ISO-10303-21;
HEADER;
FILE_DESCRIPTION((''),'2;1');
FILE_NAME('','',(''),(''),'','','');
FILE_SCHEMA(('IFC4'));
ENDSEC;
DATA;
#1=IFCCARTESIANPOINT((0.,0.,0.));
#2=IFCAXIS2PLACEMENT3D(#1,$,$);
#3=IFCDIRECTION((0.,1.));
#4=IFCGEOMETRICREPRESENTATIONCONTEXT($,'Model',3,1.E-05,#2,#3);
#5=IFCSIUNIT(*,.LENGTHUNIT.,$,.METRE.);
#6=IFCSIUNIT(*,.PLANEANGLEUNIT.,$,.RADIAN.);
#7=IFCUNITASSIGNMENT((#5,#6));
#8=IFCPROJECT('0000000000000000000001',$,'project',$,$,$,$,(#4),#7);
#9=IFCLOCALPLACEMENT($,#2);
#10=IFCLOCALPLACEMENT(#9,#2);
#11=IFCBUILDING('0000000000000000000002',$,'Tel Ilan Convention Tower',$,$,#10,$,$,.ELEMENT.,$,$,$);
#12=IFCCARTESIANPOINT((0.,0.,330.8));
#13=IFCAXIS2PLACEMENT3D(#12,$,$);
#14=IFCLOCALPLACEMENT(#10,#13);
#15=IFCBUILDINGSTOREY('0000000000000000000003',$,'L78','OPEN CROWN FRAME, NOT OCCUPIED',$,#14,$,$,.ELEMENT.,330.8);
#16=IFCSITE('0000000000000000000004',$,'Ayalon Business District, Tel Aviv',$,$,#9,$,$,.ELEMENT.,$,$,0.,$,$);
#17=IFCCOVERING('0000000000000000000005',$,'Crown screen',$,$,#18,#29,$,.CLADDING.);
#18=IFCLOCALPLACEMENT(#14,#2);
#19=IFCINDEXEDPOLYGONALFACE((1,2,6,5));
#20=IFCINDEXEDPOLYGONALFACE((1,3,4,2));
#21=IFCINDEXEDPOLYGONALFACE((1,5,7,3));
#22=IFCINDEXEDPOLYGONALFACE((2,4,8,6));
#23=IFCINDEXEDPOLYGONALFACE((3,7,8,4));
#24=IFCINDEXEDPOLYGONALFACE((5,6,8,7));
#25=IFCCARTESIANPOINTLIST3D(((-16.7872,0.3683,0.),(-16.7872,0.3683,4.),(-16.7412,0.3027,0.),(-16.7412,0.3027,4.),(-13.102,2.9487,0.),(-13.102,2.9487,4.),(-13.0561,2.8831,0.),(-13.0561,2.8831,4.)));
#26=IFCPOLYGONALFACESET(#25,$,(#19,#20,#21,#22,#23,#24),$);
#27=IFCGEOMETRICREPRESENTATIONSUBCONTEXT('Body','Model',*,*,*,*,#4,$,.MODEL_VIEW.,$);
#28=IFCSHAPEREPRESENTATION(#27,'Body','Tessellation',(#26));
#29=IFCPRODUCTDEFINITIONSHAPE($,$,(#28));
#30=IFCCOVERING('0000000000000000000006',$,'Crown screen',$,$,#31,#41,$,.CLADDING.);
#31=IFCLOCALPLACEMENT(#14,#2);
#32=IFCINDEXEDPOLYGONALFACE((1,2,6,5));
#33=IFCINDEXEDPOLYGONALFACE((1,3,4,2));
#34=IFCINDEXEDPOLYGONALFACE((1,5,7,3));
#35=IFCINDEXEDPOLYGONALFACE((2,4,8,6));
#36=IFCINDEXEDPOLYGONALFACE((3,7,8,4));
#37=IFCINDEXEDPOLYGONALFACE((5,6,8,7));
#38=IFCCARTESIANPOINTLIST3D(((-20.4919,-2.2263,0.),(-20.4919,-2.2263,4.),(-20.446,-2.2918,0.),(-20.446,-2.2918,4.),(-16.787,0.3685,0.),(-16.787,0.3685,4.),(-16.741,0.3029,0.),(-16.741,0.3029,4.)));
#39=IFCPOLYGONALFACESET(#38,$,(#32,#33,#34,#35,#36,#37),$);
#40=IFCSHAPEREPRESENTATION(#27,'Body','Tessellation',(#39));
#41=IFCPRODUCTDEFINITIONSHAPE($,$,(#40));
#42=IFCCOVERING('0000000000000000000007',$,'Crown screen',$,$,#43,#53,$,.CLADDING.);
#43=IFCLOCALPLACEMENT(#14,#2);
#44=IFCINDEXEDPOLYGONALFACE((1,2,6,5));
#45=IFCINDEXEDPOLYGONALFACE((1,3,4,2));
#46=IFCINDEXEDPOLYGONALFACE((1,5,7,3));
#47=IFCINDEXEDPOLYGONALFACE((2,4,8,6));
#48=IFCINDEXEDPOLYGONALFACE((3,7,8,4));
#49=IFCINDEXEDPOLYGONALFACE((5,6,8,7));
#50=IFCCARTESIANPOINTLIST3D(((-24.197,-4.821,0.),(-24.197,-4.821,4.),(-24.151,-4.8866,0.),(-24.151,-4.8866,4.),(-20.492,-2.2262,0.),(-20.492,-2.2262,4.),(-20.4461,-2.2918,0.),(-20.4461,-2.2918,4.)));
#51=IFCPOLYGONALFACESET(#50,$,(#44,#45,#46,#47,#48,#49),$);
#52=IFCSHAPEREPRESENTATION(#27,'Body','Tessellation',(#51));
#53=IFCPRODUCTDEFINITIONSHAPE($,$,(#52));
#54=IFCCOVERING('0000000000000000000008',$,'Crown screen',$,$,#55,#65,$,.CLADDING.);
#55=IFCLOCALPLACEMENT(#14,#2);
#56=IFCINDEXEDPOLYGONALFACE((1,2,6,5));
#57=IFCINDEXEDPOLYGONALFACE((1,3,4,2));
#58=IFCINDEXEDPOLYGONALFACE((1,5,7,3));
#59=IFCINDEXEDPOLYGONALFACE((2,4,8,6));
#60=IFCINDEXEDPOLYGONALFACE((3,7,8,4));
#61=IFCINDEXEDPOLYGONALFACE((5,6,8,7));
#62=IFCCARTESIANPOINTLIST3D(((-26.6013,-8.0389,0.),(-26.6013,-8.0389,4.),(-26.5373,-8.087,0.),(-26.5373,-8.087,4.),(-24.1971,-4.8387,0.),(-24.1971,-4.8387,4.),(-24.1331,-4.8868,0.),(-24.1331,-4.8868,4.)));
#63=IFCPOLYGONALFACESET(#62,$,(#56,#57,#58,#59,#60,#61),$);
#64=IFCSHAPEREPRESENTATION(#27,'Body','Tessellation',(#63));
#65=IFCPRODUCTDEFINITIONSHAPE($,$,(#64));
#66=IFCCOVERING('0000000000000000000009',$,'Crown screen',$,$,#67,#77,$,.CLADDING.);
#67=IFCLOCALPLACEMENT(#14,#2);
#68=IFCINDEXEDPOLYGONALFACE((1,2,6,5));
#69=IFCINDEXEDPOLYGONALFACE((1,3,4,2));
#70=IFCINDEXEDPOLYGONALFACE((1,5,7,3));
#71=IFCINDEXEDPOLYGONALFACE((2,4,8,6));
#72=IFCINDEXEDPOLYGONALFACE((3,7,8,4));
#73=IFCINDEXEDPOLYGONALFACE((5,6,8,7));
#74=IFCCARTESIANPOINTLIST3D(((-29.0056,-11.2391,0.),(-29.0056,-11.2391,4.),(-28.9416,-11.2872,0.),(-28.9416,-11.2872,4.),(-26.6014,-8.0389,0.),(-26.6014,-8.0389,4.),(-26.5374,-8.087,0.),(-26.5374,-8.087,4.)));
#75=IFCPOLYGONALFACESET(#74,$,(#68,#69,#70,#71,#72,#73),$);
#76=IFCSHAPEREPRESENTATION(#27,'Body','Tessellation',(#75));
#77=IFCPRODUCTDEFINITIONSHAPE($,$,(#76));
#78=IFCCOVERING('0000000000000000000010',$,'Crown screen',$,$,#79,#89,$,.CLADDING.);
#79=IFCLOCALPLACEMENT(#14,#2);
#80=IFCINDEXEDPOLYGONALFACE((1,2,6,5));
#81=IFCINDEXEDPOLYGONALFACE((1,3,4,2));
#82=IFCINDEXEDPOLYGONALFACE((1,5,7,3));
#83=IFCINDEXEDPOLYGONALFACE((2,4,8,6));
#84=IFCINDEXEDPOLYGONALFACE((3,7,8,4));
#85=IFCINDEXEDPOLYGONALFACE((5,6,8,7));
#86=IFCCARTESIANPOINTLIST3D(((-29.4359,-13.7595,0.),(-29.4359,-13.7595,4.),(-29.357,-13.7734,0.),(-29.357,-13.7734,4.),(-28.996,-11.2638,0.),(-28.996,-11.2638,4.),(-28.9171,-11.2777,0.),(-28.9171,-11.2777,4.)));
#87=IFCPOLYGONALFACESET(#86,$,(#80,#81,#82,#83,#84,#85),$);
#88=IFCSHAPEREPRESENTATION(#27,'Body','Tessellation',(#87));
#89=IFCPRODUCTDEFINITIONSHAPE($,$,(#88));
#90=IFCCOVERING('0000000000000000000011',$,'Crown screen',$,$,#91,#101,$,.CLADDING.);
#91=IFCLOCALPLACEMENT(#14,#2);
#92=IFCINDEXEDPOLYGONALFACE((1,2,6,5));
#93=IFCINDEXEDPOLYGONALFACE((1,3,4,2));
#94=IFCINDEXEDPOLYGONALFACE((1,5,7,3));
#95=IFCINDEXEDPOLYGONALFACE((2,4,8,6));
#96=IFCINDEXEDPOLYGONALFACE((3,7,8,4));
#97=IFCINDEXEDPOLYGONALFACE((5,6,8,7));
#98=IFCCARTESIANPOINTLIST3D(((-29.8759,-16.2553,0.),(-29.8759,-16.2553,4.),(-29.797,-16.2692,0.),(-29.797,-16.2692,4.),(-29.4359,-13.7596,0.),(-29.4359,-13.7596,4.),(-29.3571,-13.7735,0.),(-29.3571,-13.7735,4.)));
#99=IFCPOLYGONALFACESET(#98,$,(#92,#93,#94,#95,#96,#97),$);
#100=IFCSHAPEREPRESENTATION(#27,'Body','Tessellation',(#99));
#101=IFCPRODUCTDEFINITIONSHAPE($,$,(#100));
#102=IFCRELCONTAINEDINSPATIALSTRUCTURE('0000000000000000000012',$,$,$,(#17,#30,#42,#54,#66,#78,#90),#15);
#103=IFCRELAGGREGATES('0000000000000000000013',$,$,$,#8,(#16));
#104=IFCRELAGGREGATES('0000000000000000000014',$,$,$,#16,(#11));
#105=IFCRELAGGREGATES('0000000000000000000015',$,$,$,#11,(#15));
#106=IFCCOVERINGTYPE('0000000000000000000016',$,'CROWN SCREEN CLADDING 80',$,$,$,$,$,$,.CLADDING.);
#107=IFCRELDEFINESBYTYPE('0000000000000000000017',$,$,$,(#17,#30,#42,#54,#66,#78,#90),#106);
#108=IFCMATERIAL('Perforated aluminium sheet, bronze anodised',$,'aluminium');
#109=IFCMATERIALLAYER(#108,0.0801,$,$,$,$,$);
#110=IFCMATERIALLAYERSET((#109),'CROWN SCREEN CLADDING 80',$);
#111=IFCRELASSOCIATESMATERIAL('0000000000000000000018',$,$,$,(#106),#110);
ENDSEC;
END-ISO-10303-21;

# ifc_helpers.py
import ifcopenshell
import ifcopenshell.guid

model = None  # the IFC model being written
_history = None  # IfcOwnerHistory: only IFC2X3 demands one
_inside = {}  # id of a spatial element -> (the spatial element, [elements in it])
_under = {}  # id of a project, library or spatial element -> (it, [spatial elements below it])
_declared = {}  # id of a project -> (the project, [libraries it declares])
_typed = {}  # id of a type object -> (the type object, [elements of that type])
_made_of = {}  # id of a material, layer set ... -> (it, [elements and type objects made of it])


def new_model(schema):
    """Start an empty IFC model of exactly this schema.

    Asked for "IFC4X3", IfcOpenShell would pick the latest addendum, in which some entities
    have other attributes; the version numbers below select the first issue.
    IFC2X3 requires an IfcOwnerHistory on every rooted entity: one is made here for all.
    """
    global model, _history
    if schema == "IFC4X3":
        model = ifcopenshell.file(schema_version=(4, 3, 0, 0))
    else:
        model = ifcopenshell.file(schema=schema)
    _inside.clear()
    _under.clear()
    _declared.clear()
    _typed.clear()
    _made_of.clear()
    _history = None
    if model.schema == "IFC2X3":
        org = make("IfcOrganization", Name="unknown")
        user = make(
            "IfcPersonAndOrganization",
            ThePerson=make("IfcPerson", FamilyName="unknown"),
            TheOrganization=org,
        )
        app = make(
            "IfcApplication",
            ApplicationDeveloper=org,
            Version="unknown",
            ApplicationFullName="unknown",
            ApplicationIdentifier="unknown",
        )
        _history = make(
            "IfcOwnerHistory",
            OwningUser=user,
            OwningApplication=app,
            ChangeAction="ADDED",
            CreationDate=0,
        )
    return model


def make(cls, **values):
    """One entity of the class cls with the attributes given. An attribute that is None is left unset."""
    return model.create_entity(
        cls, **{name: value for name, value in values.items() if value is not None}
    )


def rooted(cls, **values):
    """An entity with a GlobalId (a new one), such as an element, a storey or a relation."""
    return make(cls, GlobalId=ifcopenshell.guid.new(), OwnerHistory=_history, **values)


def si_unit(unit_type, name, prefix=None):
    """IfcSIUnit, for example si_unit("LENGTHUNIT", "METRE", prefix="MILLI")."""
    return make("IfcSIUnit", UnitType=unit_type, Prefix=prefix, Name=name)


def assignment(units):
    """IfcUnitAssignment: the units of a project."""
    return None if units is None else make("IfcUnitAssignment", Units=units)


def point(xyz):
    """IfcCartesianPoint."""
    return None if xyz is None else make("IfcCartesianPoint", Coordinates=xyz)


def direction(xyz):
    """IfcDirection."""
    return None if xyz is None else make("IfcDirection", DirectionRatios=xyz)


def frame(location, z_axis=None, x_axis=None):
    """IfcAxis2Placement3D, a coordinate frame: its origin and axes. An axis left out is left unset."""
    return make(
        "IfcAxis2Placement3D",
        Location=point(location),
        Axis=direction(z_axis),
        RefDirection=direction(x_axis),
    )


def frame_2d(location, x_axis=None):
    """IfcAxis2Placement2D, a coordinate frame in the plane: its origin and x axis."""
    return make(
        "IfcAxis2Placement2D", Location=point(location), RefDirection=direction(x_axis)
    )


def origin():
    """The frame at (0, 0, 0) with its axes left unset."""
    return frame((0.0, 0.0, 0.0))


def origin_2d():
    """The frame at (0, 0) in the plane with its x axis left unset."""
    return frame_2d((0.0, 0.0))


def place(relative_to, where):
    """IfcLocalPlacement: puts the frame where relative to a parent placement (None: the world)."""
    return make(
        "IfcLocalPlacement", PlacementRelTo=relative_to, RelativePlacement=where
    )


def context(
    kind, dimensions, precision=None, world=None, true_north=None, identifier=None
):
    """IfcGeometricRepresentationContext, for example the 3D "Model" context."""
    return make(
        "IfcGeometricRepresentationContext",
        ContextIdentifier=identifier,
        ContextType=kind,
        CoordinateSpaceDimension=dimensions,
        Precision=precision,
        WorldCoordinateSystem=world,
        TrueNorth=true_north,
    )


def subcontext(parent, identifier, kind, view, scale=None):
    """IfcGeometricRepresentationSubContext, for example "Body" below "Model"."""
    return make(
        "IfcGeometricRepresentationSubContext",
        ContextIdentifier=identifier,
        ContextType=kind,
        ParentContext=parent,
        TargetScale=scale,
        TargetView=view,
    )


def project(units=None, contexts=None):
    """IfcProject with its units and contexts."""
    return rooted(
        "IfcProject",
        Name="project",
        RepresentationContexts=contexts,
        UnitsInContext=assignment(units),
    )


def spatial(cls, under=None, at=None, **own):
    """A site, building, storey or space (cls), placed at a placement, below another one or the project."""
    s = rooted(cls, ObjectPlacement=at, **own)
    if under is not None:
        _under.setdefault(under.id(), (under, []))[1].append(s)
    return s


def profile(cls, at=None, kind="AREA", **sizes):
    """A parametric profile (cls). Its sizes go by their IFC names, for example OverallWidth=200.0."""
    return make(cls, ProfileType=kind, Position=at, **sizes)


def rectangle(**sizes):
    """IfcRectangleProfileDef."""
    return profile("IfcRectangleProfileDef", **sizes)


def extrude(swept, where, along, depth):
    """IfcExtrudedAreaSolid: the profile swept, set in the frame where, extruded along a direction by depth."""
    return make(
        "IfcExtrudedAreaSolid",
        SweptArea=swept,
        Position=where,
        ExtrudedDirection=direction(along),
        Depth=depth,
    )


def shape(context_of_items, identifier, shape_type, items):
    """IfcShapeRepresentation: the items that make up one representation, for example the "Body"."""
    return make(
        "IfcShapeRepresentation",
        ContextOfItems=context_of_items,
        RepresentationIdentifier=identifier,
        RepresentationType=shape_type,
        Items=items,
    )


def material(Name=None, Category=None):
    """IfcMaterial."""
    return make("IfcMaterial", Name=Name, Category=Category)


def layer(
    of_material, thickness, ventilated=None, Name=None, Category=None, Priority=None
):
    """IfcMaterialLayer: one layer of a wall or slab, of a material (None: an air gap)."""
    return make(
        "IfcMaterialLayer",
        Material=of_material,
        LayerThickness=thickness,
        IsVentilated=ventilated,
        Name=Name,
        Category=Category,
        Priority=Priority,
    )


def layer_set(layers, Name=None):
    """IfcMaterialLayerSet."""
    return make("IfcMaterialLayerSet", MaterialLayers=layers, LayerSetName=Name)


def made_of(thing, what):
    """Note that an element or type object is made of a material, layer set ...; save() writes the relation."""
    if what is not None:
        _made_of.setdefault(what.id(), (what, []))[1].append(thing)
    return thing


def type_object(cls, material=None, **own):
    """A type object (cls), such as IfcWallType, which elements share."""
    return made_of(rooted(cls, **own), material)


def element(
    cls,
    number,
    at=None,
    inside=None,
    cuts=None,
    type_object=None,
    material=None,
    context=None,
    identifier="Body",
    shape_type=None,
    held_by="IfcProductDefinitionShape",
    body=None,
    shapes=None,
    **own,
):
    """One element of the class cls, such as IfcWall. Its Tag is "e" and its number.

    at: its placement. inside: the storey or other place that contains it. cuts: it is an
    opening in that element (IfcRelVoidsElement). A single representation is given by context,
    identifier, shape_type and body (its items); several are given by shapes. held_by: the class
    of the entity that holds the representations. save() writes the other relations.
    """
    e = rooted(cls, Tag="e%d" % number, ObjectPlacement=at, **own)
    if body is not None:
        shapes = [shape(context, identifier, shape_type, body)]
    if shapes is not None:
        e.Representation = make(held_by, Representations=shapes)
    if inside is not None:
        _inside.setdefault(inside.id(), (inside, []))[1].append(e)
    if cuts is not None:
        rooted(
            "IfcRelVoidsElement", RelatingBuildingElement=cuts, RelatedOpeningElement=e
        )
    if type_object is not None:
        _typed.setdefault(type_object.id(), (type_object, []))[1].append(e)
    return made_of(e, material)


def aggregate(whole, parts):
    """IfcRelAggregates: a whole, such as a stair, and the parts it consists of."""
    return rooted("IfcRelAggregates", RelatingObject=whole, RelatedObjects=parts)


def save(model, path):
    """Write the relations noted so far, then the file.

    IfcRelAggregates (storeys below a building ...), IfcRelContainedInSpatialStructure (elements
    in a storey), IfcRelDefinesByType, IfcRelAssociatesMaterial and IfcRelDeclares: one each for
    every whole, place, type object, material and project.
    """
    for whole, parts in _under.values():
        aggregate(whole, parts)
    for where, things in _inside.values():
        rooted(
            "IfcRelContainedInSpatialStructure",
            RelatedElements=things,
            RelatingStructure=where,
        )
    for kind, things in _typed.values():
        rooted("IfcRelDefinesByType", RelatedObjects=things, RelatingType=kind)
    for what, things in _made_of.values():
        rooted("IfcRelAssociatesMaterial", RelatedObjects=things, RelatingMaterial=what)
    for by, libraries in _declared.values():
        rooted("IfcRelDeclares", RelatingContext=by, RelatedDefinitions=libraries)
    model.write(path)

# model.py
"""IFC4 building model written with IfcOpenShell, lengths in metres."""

from ifc_helpers import new_model, si_unit, direction, frame, origin, origin_2d, place, context, subcontext, project, spatial, rectangle, extrude, material, layer, layer_set, type_object, element, save


model = new_model("IFC4")

# Units and contexts
model_context = context("Model", 3, precision=1e-05, world=origin(), true_north=direction((0.0, 1.0)))
body_context = subcontext(model_context, "Body", "Model", "MODEL_VIEW")
ifc_project = project(units=[si_unit("LENGTHUNIT", "METRE"), si_unit("PLANEANGLEUNIT", "RADIAN")], contexts=[model_context])

# Site, building, storey
site_placement = place(None, origin())
site = spatial("IfcSite", under=ifc_project, at=site_placement, Name="Ayalon Business District, Tel Aviv", CompositionType="ELEMENT", RefElevation=0.0)
building_placement = place(site_placement, origin())
building = spatial("IfcBuilding", under=site, at=building_placement, Name="Tel Ilan Convention Tower", CompositionType="ELEMENT")
storey_placement = place(building_placement, frame((0.0, 0.0, 330.8)))
storey = spatial("IfcBuildingStorey", under=building, at=storey_placement, Name="L78", Description="OPEN CROWN FRAME, NOT OCCUPIED", CompositionType="ELEMENT", Elevation=330.8)

# Coverings
ifc_material_1 = material(Name="Perforated aluminium sheet, bronze anodised", Category="aluminium")
ifc_layer = layer(ifc_material_1, 0.0801)
ifc_layer_set = layer_set([ifc_layer], Name="CROWN SCREEN CLADDING 80")
covering_type = type_object("IfcCoveringType", Name="CROWN SCREEN CLADDING 80", PredefinedType="CLADDING", material=ifc_layer_set)
for number, where, z_axis, x_axis, name in (
    (1, (-14.9216, 1.6257, 0.0), (0.0, 0.0, 1.0), (-0.819148, -0.573582, 0.0), "Crown screen"),
):
    element("IfcCovering", number, at=place(storey_placement, frame(where, z_axis=z_axis, x_axis=x_axis)), inside=storey, type_object=covering_type, Name=name, PredefinedType="CLADDING", context=body_context, shape_type="SweptSolid", body=[
        extrude(rectangle(XDim=4.4988, YDim=0.0801, at=origin_2d()), origin(), (0.0, 0.0, 1.0), 4.0),
    ])
for number, where, z_axis, x_axis, name in (
    (2, (-18.6165, -0.9617, 0.0), (0.0, 0.0, 1.0), (-0.819096, -0.573656, 0.0), "Crown screen"),
    (3, (-22.3215, -3.5564, 0.0), (0.0, 0.0, 1.0), (-0.819096, -0.573656, 0.0), "Crown screen"),
):
    element("IfcCovering", number, at=place(storey_placement, frame(where, z_axis=z_axis, x_axis=x_axis)), inside=storey, type_object=covering_type, Name=name, PredefinedType="CLADDING", context=body_context, shape_type="SweptSolid", body=[
        extrude(rectangle(XDim=4.5232, YDim=0.0801, at=origin_2d()), origin(), (0.0, 0.0, 1.0), 4.0),
    ])
for number, where, z_axis, x_axis, name in (
    (4, (-25.3672, -6.4629, 0.0), (0.0, 0.0, 1.0), (-0.600649, -0.799513, 0.0), "Crown screen"),
    (5, (-27.7715, -9.6631, 0.0), (0.0, 0.0, 1.0), (-0.600649, -0.799513, 0.0), "Crown screen"),
):
    element("IfcCovering", number, at=place(storey_placement, frame(where, z_axis=z_axis, x_axis=x_axis)), inside=storey, type_object=covering_type, Name=name, PredefinedType="CLADDING", context=body_context, shape_type="SweptSolid", body=[
        extrude(rectangle(XDim=4.0027, YDim=0.0801, at=origin_2d()), origin(), (0.0, 0.0, 1.0), 4.0),
    ])
for number, where, z_axis, x_axis, name in (
    (6, (-29.1765, -12.5186, 0.0), (0.0, 0.0, 1.0), (-0.173598, -0.984817, 0.0), "Crown screen"),
    (7, (-29.6165, -15.0144, 0.0), (0.0, 0.0, 1.0), (-0.173598, -0.984817, 0.0), "Crown screen"),
):
    element("IfcCovering", number, at=place(storey_placement, frame(where, z_axis=z_axis, x_axis=x_axis)), inside=storey, type_object=covering_type, Name=name, PredefinedType="CLADDING", context=body_context, shape_type="SweptSolid", body=[
        extrude(rectangle(XDim=2.5342, YDim=0.0801, at=origin_2d()), origin(), (0.0, 0.0, 1.0), 4.0),
    ])

save(model, "model.ifc")
